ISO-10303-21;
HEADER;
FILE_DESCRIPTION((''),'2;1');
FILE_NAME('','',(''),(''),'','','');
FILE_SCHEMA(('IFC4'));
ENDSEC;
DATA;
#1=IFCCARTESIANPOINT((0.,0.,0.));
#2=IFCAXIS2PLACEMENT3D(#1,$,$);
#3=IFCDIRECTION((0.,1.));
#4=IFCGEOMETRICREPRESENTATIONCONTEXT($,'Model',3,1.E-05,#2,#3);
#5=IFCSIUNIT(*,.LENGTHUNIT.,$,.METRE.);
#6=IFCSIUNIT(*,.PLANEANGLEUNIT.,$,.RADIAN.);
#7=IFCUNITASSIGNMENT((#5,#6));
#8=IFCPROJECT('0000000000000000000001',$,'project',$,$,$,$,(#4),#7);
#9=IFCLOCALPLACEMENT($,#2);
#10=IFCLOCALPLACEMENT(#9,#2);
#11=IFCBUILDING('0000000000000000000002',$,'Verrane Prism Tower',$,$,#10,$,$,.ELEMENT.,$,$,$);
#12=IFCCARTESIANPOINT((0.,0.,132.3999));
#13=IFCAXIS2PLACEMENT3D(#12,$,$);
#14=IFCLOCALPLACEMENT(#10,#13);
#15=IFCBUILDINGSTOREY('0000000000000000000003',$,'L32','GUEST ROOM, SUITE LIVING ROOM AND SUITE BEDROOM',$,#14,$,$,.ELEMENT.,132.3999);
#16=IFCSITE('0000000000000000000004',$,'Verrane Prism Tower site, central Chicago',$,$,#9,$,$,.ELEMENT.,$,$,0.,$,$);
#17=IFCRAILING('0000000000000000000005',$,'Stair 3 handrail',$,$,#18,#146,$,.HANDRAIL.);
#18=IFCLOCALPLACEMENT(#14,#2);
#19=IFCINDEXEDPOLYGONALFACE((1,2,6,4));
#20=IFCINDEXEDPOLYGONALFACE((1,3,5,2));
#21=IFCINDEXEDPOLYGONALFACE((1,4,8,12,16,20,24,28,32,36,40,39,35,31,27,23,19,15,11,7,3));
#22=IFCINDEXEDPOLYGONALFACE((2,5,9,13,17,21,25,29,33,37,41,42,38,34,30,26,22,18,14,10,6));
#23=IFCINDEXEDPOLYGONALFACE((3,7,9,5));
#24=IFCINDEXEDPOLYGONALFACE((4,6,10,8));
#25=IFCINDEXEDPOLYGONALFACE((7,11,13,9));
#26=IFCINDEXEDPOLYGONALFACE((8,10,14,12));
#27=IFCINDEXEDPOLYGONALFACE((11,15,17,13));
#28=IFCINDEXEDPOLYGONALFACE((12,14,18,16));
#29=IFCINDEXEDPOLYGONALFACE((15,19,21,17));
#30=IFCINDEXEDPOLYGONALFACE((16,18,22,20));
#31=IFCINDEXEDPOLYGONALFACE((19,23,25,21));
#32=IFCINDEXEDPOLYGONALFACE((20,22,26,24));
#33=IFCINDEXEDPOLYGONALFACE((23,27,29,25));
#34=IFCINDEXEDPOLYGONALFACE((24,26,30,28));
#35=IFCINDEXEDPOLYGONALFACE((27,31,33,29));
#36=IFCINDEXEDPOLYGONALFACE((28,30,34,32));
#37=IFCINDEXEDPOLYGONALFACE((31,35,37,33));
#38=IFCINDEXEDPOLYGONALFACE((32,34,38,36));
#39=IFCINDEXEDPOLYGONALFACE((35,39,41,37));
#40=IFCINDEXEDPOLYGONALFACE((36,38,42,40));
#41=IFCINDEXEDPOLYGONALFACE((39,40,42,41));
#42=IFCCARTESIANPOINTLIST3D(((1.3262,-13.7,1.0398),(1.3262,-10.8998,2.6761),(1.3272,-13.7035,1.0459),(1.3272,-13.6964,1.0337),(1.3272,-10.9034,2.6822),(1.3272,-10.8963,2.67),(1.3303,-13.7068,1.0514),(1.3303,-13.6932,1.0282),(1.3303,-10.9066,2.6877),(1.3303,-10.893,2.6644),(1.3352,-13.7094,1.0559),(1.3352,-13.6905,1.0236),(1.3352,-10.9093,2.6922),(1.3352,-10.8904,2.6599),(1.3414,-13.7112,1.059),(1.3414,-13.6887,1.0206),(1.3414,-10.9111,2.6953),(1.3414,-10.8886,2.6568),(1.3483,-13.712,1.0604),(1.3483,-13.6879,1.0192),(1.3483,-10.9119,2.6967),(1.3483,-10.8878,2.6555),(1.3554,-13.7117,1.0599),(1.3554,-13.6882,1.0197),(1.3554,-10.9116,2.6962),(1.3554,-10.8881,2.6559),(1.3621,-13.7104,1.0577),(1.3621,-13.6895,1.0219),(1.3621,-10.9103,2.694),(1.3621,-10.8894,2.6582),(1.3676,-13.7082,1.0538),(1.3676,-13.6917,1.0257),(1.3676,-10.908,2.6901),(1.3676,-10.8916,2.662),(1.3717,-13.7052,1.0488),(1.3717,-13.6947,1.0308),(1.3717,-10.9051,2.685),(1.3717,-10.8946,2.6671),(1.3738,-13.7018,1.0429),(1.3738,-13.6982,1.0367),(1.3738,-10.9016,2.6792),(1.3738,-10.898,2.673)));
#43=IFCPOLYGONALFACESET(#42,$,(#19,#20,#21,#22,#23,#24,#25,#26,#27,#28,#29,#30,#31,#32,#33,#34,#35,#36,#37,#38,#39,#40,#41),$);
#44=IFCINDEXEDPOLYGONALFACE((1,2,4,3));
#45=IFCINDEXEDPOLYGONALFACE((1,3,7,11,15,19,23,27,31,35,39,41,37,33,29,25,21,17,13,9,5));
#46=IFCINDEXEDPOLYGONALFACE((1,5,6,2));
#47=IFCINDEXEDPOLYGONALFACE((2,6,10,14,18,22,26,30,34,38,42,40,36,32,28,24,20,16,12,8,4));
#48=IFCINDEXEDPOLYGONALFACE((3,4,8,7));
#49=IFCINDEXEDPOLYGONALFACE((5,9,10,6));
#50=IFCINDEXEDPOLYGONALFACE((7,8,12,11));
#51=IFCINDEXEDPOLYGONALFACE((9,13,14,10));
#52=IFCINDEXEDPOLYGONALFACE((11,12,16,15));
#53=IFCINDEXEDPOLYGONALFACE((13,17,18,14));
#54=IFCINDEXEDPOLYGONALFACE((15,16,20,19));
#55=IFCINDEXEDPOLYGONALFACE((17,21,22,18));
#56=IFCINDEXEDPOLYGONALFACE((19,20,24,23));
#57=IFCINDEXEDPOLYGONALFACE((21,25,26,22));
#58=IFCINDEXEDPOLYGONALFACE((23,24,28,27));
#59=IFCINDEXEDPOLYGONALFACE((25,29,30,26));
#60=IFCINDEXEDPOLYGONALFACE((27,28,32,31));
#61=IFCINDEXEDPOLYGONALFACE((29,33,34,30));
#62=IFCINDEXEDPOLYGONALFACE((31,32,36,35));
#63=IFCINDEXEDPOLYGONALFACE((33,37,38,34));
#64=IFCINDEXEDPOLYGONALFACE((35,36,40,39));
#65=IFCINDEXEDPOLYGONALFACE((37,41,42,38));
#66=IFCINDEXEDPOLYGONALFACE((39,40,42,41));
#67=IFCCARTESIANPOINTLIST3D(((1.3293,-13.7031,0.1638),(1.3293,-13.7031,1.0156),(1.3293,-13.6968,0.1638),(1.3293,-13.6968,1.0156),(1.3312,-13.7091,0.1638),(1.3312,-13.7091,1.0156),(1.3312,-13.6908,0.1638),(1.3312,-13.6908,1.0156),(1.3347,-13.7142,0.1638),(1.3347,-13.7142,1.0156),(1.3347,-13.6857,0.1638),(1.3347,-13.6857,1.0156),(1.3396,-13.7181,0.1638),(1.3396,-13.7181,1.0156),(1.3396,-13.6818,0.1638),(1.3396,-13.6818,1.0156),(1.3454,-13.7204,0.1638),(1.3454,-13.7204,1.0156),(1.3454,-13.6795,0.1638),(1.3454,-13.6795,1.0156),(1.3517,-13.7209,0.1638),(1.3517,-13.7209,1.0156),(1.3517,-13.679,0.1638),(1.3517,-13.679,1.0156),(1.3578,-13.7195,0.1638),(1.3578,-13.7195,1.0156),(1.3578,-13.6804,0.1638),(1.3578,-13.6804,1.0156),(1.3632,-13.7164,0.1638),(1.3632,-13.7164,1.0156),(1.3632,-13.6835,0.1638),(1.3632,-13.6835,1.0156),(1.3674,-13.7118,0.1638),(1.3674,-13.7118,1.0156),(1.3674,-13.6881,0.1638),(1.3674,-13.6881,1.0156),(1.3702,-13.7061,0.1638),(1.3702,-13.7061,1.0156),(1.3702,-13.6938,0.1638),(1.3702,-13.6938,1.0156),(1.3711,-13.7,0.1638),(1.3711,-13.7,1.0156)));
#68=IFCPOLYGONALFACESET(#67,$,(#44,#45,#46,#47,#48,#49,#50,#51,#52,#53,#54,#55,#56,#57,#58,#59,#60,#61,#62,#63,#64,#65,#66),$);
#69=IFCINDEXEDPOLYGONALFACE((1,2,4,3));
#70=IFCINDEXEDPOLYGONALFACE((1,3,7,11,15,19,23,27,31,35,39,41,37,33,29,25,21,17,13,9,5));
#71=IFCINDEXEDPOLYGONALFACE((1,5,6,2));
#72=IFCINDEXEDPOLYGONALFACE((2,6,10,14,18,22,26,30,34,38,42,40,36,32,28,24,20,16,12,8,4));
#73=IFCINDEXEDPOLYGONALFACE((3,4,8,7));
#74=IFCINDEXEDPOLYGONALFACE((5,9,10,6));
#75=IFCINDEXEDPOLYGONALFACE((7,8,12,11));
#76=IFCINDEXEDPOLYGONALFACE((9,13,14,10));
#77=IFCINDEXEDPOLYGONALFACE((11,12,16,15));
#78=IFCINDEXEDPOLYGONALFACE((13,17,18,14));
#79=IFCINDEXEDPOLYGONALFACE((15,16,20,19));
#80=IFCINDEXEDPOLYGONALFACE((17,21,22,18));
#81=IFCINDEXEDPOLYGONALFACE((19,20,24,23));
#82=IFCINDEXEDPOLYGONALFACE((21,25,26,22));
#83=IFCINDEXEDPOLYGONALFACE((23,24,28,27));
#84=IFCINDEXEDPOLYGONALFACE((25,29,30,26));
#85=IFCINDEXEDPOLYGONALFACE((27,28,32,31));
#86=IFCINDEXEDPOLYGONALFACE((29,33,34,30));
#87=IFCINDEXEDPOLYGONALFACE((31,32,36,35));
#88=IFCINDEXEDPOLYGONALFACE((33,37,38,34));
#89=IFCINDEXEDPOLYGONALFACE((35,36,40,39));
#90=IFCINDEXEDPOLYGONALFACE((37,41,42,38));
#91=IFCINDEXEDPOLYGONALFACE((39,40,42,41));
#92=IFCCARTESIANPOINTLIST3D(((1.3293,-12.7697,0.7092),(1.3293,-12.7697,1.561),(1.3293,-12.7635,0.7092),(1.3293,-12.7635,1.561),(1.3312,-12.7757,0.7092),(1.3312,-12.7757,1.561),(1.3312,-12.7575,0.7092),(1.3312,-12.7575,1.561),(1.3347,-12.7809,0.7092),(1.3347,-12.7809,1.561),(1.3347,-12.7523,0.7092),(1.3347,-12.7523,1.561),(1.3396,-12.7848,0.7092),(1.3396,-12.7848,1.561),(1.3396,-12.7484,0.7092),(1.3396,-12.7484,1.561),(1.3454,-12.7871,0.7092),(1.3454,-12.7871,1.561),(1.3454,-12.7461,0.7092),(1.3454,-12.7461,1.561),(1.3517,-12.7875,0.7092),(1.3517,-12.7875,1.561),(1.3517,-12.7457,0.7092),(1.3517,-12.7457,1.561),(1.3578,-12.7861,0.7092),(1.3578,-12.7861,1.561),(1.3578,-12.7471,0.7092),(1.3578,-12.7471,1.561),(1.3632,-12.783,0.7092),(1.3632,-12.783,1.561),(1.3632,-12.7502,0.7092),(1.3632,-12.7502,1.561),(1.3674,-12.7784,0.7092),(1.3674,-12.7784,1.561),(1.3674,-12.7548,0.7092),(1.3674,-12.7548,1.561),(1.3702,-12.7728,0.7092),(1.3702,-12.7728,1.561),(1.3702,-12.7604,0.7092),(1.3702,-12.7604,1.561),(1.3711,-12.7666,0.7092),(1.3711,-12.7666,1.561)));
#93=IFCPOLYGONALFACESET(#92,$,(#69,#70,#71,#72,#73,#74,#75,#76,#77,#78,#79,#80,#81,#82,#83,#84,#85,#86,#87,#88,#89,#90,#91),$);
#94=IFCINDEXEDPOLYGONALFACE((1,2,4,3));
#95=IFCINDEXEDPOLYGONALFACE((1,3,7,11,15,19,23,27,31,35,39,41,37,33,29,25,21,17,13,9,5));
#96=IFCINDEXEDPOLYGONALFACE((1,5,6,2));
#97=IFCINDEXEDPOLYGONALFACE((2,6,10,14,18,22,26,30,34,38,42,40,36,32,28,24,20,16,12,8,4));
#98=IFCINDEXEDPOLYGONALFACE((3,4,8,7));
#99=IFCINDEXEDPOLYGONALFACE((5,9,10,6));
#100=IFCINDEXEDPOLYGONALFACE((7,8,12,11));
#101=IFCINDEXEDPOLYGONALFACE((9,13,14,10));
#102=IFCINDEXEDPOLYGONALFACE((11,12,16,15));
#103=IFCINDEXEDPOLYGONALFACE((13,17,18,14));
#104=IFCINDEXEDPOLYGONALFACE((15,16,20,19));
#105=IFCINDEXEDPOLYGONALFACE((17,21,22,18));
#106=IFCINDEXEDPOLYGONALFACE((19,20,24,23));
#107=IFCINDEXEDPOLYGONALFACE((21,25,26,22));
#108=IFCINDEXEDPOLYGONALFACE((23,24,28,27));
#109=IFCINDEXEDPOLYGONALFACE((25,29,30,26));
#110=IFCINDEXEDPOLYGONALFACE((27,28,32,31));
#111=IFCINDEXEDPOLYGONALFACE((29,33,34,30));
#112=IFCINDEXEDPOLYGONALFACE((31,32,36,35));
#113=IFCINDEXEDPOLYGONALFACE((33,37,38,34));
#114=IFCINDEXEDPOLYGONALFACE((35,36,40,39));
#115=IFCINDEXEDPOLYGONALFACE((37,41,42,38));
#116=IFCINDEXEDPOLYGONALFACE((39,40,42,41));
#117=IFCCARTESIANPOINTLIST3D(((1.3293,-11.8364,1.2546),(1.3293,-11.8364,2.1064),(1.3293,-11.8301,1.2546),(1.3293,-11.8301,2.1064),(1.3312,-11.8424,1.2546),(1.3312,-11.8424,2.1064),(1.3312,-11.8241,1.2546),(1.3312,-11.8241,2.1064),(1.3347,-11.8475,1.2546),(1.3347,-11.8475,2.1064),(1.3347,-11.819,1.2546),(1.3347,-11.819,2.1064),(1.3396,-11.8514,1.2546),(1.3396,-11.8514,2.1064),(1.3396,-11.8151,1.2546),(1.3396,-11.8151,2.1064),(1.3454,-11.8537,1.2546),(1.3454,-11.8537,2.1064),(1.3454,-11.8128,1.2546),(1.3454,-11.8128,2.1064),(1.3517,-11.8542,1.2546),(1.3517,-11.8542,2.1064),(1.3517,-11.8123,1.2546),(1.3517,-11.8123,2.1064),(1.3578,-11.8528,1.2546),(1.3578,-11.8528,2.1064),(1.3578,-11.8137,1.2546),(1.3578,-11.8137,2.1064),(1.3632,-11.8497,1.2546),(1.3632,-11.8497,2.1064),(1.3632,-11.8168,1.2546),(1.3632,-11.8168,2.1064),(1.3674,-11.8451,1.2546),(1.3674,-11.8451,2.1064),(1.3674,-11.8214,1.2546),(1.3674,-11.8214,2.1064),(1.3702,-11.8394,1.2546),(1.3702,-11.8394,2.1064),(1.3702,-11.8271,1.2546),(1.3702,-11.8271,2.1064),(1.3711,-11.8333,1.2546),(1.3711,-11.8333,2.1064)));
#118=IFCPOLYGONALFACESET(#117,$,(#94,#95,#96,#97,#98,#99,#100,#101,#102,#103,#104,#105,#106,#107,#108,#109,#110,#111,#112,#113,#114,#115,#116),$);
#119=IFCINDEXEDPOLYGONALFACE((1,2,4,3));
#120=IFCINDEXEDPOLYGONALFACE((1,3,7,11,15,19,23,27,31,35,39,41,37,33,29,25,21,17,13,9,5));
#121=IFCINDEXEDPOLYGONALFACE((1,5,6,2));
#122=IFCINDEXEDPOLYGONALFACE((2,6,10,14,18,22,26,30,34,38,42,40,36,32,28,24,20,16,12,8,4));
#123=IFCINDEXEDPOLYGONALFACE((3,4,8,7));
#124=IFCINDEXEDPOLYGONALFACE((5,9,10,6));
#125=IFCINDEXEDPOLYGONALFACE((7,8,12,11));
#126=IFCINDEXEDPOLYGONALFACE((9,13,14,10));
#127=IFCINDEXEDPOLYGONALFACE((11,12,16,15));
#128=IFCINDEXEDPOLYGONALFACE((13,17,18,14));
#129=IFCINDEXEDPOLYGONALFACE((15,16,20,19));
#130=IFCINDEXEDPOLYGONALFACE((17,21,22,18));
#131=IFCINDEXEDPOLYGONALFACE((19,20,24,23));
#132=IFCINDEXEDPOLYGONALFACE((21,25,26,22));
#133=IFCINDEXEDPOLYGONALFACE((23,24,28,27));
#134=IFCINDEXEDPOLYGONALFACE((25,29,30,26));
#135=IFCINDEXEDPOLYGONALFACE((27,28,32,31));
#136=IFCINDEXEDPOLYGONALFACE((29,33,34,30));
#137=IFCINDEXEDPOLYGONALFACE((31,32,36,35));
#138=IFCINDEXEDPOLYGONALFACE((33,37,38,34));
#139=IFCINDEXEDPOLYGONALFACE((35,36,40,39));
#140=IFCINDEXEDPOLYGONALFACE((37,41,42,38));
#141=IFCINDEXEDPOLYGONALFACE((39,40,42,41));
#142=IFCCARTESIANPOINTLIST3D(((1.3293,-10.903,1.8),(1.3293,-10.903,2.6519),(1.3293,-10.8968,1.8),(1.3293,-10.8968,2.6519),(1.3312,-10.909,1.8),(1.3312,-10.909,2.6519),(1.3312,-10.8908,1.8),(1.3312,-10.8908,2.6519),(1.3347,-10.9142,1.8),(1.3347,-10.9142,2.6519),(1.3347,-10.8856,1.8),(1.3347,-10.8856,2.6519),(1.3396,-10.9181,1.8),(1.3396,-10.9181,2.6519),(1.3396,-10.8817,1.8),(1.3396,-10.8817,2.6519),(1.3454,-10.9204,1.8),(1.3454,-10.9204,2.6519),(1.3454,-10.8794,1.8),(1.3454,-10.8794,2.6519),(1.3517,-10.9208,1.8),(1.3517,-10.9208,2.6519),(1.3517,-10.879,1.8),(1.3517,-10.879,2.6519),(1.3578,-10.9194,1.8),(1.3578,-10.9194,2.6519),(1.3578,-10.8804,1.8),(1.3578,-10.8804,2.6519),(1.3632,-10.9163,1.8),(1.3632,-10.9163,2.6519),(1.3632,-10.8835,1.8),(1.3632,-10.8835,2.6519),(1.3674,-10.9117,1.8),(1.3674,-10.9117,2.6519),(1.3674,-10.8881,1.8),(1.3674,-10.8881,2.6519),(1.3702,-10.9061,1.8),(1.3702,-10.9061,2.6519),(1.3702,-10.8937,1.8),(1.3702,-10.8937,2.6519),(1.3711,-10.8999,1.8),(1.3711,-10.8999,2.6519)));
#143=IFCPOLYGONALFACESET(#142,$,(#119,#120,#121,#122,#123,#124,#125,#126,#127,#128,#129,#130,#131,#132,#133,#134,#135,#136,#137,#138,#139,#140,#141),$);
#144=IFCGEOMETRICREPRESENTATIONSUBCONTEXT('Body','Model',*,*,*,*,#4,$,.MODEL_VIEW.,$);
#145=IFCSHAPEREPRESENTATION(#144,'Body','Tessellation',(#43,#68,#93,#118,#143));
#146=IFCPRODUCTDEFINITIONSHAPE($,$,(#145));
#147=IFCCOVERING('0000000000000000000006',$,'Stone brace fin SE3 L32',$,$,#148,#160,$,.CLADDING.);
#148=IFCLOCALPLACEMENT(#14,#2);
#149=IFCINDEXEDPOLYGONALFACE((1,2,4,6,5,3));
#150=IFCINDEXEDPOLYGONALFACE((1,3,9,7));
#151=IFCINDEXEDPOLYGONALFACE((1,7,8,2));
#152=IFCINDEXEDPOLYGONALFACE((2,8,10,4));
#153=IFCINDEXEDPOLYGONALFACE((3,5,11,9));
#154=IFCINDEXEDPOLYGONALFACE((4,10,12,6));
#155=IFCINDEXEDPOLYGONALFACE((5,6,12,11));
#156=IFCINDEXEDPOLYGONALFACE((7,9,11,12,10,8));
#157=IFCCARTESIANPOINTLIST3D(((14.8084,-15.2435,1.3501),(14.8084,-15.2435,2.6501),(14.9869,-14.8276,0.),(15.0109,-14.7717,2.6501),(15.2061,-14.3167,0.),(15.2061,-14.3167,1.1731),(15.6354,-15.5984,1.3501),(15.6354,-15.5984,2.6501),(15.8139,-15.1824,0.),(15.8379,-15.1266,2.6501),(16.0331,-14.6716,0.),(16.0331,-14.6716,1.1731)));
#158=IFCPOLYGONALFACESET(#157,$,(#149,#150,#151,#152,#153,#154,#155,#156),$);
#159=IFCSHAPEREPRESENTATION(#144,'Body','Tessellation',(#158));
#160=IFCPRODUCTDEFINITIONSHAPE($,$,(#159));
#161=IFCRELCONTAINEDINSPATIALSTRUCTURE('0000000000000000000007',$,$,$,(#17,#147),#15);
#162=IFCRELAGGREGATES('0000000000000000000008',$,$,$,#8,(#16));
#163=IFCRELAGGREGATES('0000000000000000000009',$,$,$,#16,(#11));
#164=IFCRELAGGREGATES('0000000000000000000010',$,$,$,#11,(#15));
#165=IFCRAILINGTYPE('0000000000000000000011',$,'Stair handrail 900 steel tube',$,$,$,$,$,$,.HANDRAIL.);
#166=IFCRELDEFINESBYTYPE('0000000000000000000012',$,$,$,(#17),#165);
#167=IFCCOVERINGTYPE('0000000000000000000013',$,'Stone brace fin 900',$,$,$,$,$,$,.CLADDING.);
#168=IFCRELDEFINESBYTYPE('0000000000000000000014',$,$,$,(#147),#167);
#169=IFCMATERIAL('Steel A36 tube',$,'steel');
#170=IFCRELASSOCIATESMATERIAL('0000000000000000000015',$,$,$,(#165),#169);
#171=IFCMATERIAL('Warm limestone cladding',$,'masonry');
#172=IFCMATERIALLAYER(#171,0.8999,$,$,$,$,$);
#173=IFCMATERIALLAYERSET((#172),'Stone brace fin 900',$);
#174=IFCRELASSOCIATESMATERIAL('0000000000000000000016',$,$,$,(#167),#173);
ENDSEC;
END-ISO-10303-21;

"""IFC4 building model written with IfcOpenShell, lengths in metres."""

from ifc_helpers import new_model, si_unit, direction, frame, origin, origin_2d, place, context, subcontext, project, spatial, polyline, circle, outline, extrude, material, layer, layer_set, type_object, element, save


model = new_model("IFC4")

# Units and contexts
model_context = context("Model", 3, precision=1e-05, world=origin(), true_north=direction((0.0, 1.0)))
body_context = subcontext(model_context, "Body", "Model", "MODEL_VIEW")
ifc_project = project(units=[si_unit("LENGTHUNIT", "METRE"), si_unit("PLANEANGLEUNIT", "RADIAN")], contexts=[model_context])

# Site, building, storey
site_placement = place(None, origin())
site = spatial("IfcSite", under=ifc_project, at=site_placement, Name="Verrane Prism Tower site, central Chicago", CompositionType="ELEMENT", RefElevation=0.0)
building_placement = place(site_placement, origin())
building = spatial("IfcBuilding", under=site, at=building_placement, Name="Verrane Prism Tower", CompositionType="ELEMENT")
storey_placement = place(building_placement, frame((0.0, 0.0, 132.3999)))
storey = spatial("IfcBuildingStorey", under=building, at=storey_placement, Name="L32", Description="GUEST ROOM, SUITE LIVING ROOM AND SUITE BEDROOM", CompositionType="ELEMENT", Elevation=132.3999)

# Railing
ifc_material_1 = material(Name="Steel A36 tube", Category="steel")
railing_type_1 = type_object("IfcRailingType", Name="Stair handrail 900 steel tube", PredefinedType="HANDRAIL", material=ifc_material_1)
railing_1_placement = place(storey_placement, frame((1.3501, -13.7, 0.1638)))
element("IfcRailing", 1, at=railing_1_placement, inside=storey, type_object=railing_type_1, Name="Stair 3 handrail", PredefinedType="HANDRAIL", context=body_context, shape_type="SweptSolid", body=[
    extrude(circle(Radius=0.0239, at=origin_2d()), frame((0.0, 0.0, 0.876), z_axis=(0.0, 0.863394, 0.504531), x_axis=(-1.0, 0.0, 0.0)), (0.0, 0.0, 1.0), 3.2432),
    extrude(circle(Radius=0.021, at=origin_2d()), origin(), (0.0, 0.0, 1.0), 0.8518),
    extrude(circle(Radius=0.021, at=origin_2d()), frame((0.0, 0.9333, 0.5454)), (0.0, 0.0, 1.0), 0.8518),
    extrude(circle(Radius=0.021, at=origin_2d()), frame((0.0, 1.8667, 1.0908)), (0.0, 0.0, 1.0), 0.8518),
    extrude(circle(Radius=0.021, at=origin_2d()), frame((0.0, 2.8, 1.6362)), (0.0, 0.0, 1.0), 0.8518),
])

# Covering
ifc_material_2 = material(Name="Warm limestone cladding", Category="masonry")
ifc_layer_1 = layer(ifc_material_2, 0.8999)
ifc_layer_set_1 = layer_set([ifc_layer_1], Name="Stone brace fin 900")
covering_type = type_object("IfcCoveringType", Name="Stone brace fin 900", PredefinedType="CLADDING", material=ifc_layer_set_1)
covering_placement = place(storey_placement, frame((15.6196, -14.4941, 0.0), z_axis=(0.0, 0.0, 1.0), x_axis=(-0.394358, -0.918957, 0.0)))
element("IfcCovering", 2, at=covering_placement, inside=storey, type_object=covering_type, Name="Stone brace fin SE3 L32", PredefinedType="CLADDING", context=body_context, shape_type="SweptSolid", body=[
    extrude(outline(polyline([(1.0085, 2.6501), (0.4951, 2.6501), (0.0, 1.1731), (0.0, 0.0), (0.5559, 0.0), (1.0085, 1.3501), (1.0085, 2.6501)])), frame((0.0, 0.45, 0.0), z_axis=(0.0, -1.0, 0.0), x_axis=(1.0, 0.0, 0.0)), (0.0, 0.0, 1.0), 0.8999),
])

save(model, "model.ifc")
